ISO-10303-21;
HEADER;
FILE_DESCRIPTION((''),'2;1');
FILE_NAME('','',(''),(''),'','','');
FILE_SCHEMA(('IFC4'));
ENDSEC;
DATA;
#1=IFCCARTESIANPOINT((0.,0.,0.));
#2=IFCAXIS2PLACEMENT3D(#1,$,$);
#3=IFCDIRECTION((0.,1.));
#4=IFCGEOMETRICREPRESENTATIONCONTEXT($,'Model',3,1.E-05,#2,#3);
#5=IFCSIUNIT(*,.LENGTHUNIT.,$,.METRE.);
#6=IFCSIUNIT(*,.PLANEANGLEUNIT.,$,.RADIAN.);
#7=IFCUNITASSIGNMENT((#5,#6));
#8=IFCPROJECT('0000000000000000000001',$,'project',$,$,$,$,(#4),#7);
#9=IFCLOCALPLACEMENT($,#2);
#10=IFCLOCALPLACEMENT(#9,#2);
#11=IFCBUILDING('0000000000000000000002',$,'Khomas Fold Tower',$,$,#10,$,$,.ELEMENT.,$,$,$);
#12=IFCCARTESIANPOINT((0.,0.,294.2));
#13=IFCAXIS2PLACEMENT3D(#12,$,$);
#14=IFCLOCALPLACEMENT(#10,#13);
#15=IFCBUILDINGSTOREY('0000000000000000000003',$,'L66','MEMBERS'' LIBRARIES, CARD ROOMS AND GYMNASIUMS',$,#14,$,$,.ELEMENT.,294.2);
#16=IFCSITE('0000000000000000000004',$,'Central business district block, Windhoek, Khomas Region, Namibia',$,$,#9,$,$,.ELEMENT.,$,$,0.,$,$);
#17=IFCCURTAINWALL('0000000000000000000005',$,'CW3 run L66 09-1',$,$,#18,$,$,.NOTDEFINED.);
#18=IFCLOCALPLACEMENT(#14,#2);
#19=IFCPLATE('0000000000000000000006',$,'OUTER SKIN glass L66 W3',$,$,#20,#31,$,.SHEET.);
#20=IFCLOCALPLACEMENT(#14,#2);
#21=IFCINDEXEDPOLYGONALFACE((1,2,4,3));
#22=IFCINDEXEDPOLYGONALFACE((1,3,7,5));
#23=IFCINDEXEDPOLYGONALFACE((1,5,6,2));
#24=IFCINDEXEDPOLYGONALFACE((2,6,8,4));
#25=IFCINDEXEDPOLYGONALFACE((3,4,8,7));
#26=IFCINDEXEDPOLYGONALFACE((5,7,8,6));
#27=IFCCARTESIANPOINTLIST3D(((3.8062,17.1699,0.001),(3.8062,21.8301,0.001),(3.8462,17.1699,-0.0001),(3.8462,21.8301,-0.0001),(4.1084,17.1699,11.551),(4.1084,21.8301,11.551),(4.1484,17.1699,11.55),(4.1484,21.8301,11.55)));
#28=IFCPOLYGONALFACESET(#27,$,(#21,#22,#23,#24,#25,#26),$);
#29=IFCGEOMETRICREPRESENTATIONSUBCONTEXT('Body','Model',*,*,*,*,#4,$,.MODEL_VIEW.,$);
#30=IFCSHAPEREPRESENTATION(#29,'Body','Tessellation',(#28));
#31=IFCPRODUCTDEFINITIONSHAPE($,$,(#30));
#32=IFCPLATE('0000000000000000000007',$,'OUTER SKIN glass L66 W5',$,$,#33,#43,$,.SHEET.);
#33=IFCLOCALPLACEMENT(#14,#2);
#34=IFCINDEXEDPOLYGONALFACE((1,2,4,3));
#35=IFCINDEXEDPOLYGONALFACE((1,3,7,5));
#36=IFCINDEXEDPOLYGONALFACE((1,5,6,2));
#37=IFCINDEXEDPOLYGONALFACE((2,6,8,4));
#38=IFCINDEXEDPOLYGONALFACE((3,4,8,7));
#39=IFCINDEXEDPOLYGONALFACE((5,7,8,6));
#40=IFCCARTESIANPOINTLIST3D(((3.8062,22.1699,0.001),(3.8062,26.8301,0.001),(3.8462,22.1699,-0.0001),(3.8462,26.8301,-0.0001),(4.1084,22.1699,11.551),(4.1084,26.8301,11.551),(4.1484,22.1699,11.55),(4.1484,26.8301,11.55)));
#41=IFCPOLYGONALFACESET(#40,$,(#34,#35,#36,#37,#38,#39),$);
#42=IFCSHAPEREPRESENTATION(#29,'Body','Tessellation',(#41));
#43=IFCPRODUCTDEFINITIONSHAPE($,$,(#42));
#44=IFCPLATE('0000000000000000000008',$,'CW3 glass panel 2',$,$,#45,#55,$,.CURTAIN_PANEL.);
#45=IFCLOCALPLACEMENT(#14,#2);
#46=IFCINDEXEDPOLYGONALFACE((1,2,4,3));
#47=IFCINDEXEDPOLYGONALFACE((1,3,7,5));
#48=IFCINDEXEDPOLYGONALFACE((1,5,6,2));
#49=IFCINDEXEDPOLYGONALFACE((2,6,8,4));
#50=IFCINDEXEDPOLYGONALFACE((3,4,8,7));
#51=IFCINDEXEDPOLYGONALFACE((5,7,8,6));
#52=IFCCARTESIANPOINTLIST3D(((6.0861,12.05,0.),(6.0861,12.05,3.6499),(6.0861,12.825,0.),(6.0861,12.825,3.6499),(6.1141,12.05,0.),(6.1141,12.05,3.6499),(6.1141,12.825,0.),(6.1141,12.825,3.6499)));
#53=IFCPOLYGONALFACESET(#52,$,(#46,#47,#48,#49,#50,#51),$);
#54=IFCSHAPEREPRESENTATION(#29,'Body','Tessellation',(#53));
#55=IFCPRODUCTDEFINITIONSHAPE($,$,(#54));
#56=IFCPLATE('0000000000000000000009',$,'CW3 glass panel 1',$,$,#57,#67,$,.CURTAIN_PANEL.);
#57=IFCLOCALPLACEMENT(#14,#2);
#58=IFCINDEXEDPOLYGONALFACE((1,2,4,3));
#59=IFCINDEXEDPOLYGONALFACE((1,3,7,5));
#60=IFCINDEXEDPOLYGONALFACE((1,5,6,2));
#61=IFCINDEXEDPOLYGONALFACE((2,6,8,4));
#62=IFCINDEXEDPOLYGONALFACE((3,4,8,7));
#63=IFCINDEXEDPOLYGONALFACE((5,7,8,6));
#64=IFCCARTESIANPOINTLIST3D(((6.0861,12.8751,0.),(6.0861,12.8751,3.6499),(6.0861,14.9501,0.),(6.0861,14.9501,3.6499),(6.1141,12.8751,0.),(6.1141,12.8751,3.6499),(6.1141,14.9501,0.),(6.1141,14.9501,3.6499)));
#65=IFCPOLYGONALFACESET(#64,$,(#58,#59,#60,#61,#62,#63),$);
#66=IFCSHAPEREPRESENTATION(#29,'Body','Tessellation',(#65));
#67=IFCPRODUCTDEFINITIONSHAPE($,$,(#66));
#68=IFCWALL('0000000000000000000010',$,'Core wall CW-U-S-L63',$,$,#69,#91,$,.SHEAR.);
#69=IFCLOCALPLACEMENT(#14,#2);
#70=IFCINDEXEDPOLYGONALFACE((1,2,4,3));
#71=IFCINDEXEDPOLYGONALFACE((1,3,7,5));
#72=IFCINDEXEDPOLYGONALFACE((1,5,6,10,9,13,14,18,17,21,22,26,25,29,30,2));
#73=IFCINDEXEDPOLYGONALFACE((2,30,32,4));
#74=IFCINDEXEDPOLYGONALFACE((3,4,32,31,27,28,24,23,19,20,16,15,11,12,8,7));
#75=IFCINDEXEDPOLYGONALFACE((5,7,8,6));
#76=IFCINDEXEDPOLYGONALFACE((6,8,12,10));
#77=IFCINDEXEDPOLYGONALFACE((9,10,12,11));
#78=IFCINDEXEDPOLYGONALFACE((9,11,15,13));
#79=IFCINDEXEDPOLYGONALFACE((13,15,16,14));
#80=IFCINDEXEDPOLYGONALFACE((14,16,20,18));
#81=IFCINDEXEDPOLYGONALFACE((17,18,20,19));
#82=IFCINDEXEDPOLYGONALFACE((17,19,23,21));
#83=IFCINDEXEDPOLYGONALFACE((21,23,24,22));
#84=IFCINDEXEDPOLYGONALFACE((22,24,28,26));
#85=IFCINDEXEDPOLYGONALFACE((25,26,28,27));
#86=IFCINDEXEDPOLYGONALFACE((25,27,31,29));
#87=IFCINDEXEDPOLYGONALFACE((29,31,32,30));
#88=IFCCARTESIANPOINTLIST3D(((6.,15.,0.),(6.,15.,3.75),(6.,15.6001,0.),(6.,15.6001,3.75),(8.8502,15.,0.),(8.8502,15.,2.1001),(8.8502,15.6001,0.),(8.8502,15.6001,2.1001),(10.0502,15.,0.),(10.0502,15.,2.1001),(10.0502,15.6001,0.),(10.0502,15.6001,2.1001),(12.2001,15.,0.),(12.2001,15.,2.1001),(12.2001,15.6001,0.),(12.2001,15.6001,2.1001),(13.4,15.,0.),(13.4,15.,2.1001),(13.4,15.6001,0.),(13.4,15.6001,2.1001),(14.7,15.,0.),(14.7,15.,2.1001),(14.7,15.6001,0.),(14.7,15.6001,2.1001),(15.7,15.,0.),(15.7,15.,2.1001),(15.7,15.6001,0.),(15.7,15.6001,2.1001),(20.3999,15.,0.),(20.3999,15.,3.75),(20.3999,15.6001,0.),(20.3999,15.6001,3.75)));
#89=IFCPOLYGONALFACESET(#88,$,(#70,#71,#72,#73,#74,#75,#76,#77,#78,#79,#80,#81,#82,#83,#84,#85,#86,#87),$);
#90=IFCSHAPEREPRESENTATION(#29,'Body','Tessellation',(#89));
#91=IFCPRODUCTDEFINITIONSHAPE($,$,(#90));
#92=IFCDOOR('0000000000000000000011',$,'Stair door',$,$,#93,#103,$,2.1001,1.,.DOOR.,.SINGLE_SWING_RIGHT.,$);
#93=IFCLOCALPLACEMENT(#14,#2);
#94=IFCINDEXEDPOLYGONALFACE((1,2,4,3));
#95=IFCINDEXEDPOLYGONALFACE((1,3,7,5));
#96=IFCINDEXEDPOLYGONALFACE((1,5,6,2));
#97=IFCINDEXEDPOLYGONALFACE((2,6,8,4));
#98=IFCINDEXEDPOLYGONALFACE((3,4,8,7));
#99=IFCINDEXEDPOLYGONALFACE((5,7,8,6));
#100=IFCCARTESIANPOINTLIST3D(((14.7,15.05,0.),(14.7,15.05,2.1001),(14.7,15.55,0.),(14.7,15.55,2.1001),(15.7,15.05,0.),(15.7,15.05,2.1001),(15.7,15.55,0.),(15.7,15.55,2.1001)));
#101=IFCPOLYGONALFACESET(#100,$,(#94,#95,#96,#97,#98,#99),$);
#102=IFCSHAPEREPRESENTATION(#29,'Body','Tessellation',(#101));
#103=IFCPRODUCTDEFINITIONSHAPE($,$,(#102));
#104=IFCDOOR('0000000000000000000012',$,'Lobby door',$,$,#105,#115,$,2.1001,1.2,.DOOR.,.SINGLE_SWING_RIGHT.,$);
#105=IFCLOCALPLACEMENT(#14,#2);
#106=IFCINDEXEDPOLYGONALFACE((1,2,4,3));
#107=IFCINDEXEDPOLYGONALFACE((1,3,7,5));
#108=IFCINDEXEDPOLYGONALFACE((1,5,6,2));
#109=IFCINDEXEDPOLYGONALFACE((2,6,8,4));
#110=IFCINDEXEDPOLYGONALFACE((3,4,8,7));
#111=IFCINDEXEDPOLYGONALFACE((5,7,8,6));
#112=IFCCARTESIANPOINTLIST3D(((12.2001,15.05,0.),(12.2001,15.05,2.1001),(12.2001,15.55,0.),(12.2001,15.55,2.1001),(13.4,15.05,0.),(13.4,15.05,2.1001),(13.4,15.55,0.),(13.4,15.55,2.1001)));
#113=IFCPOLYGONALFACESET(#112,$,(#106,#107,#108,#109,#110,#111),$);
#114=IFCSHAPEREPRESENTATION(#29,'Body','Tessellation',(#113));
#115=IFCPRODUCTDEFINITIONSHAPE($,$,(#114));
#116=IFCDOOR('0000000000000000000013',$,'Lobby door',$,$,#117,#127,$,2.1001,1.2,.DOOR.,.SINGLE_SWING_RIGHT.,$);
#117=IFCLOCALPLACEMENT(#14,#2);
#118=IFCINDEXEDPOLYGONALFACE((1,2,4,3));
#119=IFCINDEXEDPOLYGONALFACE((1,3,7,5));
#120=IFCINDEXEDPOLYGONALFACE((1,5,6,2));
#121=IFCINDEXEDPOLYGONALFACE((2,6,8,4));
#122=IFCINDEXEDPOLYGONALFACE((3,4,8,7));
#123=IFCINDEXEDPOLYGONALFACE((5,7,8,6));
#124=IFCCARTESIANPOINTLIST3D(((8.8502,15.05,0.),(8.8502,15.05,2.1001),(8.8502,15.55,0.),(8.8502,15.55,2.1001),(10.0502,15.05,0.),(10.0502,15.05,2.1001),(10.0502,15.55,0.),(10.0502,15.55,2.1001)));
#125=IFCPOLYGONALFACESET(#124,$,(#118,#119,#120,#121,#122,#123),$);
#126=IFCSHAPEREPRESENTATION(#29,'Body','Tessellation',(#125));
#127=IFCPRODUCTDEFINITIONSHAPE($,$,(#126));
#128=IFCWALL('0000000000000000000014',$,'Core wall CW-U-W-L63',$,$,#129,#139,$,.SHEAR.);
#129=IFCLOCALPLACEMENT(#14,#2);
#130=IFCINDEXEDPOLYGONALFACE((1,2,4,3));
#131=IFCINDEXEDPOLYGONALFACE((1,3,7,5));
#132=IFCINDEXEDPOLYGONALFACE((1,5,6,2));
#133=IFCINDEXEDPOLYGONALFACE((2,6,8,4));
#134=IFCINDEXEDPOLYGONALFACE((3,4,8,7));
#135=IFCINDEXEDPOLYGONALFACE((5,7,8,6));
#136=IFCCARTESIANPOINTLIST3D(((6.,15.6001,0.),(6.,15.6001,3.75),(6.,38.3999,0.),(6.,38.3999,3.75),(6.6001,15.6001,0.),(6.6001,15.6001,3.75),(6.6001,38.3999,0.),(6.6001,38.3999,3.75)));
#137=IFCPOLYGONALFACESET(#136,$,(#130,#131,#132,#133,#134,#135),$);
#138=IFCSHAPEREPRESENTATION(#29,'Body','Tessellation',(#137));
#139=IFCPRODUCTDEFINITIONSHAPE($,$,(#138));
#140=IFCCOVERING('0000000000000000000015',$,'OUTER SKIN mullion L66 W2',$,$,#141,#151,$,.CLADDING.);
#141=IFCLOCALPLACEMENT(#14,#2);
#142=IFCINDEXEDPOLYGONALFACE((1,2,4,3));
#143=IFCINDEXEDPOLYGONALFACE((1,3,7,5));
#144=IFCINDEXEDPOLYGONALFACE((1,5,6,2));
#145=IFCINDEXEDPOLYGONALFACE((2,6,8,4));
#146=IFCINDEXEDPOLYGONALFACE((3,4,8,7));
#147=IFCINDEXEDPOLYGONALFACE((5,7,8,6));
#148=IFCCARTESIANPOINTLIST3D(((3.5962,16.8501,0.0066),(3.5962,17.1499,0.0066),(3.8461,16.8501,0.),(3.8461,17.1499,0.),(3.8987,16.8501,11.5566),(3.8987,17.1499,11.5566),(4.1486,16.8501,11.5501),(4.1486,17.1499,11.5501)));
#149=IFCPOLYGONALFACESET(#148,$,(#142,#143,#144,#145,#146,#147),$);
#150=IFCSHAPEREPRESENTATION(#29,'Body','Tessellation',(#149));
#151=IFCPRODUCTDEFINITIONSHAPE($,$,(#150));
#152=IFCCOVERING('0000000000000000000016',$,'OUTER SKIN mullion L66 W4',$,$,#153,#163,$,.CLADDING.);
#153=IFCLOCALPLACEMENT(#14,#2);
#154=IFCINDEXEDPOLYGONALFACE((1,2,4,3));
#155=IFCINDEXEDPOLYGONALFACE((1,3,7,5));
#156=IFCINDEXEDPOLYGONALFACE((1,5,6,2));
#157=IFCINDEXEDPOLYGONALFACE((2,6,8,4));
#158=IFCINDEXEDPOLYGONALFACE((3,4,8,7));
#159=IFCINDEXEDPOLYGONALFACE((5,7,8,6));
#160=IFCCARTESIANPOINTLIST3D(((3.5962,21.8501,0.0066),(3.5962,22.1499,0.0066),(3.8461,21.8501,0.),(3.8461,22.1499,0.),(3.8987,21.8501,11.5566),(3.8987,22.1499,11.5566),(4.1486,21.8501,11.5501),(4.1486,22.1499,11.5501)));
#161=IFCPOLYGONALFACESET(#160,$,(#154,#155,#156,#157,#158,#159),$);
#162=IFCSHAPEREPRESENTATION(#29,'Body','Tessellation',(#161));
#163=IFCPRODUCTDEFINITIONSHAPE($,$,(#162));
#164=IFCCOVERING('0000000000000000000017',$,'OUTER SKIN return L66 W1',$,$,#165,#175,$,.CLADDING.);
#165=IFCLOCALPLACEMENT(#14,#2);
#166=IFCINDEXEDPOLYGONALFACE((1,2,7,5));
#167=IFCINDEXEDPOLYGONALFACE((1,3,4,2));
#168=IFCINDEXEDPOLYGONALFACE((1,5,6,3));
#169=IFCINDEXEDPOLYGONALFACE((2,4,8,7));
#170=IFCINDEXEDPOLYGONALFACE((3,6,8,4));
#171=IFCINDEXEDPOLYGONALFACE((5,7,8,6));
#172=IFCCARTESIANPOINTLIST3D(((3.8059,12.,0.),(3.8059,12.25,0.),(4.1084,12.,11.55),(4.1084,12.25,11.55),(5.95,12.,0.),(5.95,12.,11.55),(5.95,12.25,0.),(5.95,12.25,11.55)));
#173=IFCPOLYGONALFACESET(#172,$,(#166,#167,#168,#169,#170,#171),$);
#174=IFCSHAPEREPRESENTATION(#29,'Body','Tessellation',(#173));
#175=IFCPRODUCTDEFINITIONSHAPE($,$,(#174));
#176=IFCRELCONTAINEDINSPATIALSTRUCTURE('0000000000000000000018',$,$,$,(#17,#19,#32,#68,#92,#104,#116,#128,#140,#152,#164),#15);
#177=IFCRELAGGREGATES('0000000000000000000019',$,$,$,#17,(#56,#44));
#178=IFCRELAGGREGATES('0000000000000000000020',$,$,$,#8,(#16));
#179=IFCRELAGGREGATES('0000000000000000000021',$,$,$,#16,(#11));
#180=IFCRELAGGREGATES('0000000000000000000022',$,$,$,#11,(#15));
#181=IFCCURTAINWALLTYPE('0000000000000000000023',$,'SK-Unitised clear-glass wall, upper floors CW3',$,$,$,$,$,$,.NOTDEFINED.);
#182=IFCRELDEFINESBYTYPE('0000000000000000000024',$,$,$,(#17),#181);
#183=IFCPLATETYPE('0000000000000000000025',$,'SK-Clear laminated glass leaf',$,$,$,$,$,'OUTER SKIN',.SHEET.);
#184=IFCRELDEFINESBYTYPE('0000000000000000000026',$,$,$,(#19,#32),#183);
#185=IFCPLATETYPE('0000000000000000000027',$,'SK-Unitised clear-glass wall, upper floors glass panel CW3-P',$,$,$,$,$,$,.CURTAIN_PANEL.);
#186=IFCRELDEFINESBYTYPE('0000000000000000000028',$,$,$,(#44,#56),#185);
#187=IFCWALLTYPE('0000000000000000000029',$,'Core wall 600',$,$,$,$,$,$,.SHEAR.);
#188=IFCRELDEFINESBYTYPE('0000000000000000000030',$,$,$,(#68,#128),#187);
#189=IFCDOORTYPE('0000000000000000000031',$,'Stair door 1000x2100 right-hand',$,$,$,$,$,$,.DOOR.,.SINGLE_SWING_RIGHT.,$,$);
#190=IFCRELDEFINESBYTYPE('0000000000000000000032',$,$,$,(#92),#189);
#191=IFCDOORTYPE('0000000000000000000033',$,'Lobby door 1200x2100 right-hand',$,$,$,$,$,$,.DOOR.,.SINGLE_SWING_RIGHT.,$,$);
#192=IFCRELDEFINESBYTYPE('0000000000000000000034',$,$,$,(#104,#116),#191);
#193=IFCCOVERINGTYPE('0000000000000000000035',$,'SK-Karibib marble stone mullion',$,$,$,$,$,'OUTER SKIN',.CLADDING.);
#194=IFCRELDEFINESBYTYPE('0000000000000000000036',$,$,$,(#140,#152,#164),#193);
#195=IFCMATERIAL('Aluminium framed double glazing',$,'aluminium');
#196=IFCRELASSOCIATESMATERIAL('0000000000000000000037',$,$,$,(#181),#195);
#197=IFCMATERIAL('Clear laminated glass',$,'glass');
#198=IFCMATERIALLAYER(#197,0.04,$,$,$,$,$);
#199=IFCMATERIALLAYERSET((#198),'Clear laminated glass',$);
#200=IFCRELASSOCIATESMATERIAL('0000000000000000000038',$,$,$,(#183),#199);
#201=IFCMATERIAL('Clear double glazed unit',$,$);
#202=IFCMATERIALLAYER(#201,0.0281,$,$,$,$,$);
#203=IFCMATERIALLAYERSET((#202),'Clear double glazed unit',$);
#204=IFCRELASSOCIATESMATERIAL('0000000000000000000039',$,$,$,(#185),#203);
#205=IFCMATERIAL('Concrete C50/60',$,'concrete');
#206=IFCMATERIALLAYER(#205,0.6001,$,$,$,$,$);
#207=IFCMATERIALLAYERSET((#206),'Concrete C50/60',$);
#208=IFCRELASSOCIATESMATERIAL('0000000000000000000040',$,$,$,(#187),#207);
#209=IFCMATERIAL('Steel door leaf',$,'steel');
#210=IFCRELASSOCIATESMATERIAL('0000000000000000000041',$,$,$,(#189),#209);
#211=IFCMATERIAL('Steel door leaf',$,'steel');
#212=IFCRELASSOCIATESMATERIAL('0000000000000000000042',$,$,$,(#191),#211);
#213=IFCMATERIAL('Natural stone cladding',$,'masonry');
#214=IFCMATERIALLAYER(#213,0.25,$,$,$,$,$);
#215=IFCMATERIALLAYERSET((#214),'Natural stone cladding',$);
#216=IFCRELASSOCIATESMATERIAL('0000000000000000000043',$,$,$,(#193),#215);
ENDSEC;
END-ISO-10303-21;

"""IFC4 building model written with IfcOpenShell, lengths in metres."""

from ifc_helpers import new_model, si_unit, direction, frame, frame_2d, origin, origin_2d, place, context, subcontext, project, spatial, polyline, rectangle, outline, extrude, source, transform, mapped, material, layer, layer_set, type_object, element, fill, aggregate, save


model = new_model("IFC4")

# Units and contexts
model_context = context("Model", 3, precision=1e-05, world=origin(), true_north=direction((0.0, 1.0)))
body_context = subcontext(model_context, "Body", "Model", "MODEL_VIEW")
ifc_project = project(units=[si_unit("LENGTHUNIT", "METRE"), si_unit("PLANEANGLEUNIT", "RADIAN")], contexts=[model_context])

# Site, building, storey
site_placement = place(None, origin())
site = spatial("IfcSite", under=ifc_project, at=site_placement, Name="Central business district block, Windhoek, Khomas Region, Namibia", CompositionType="ELEMENT", RefElevation=0.0)
building_placement = place(site_placement, origin())
building = spatial("IfcBuilding", under=site, at=building_placement, Name="Khomas Fold Tower", CompositionType="ELEMENT")
storey_placement = place(building_placement, frame((0.0, 0.0, 294.2)))
storey = spatial("IfcBuildingStorey", under=building, at=storey_placement, Name="L66", Description="MEMBERS' LIBRARIES, CARD ROOMS AND GYMNASIUMS", CompositionType="ELEMENT", Elevation=294.2)

# Curtain wall
ifc_material_1 = material(Name="Aluminium framed double glazing", Category="aluminium")
curtain_wall_type = type_object("IfcCurtainWallType", Name="SK-Unitised clear-glass wall, upper floors CW3", PredefinedType="NOTDEFINED", material=ifc_material_1)
curtain_wall_1_placement = place(storey_placement, origin())
curtain_wall_1 = element("IfcCurtainWall", 1, at=curtain_wall_1_placement, inside=storey, type_object=curtain_wall_type, Name="CW3 run L66 09-1", PredefinedType="NOTDEFINED")

# Plates
ifc_material_2 = material(Name="Clear laminated glass", Category="glass")
ifc_layer_1 = layer(ifc_material_2, 0.04)
ifc_layer_set_1 = layer_set([ifc_layer_1], Name="Clear laminated glass")
plate_type_1 = type_object("IfcPlateType", Name="SK-Clear laminated glass leaf", ElementType="OUTER SKIN", PredefinedType="SHEET", material=ifc_layer_set_1)
for number, where, z_axis, x_axis, name in (
    (2, (3.8062, 17.1699, 0.001), (-0.999658, 0.0, 0.026159), (0.0, 1.0, 0.0), "OUTER SKIN glass L66 W3"),
    (3, (3.8062, 22.1699, 0.001), (-0.999658, 0.0, 0.026159), (0.0, 1.0, 0.0), "OUTER SKIN glass L66 W5"),
):
    element("IfcPlate", number, at=place(storey_placement, frame(where, z_axis=z_axis, x_axis=x_axis)), inside=storey, type_object=plate_type_1, Name=name, PredefinedType="SHEET", context=body_context, shape_type="SweptSolid", body=[
        extrude(outline(polyline([(0.0, 0.0), (4.6602, 0.0), (4.6602, -11.554), (0.0, -11.554), (0.0, 0.0)])), origin(), (0.0, 0.0, -1.0), 0.04),
    ])

# Plates
ifc_material_3 = material(Name="Clear double glazed unit")
ifc_layer_2 = layer(ifc_material_3, 0.0281)
ifc_layer_set_2 = layer_set([ifc_layer_2], Name="Clear double glazed unit")
plate_type_2 = type_object("IfcPlateType", Name="SK-Unitised clear-glass wall, upper floors glass panel CW3-P", PredefinedType="CURTAIN_PANEL", material=ifc_layer_set_2)
shared_shape_1 = source(origin(), body_context, "Body", "SweptSolid", [
    extrude(rectangle(XDim=0.7749, YDim=0.0281, at=origin_2d()), origin(), (0.0, 0.0, 1.0), 3.6499),
])
plate_1_placement = place(storey_placement, frame((6.1001, 12.4375, 0.0), z_axis=(0.0, 0.0, 1.0), x_axis=(0.0, -1.0, 0.0)))
plate_1 = element("IfcPlate", 4, at=plate_1_placement, type_object=plate_type_2, Name="CW3 glass panel 2", PredefinedType="CURTAIN_PANEL", context=body_context, shape_type="MappedRepresentation", body=[
    mapped(shared_shape_1, transform((0.0, 0.0, 0.0))),
])
shared_shape_2 = source(origin(), body_context, "Body", "SweptSolid", [
    extrude(rectangle(XDim=2.075, YDim=0.0281, at=origin_2d()), origin(), (0.0, 0.0, 1.0), 3.6499),
])
plate_2_placement = place(storey_placement, frame((6.1001, 13.9126, 0.0), z_axis=(0.0, 0.0, 1.0), x_axis=(0.0, -1.0, 0.0)))
plate_2 = element("IfcPlate", 5, at=plate_2_placement, type_object=plate_type_2, Name="CW3 glass panel 1", PredefinedType="CURTAIN_PANEL", context=body_context, shape_type="MappedRepresentation", body=[
    mapped(shared_shape_2, transform((0.0, 0.0, 0.0))),
])
aggregate(curtain_wall_1, [plate_2, plate_1])

# Wall, openings, doors
ifc_material_4 = material(Name="Concrete C50/60", Category="concrete")
ifc_layer_3 = layer(ifc_material_4, 0.6001)
ifc_layer_set_3 = layer_set([ifc_layer_3], Name="Concrete C50/60")
wall_type = type_object("IfcWallType", Name="Core wall 600", PredefinedType="SHEAR", material=ifc_layer_set_3)
shared_shape_3 = source(origin(), body_context, "Body", "SweptSolid", [
    extrude(rectangle(XDim=14.3999, YDim=0.6001, at=frame_2d((7.2, 0.0))), origin(), (0.0, 0.0, 1.0), 3.75),
])
wall_1_placement = place(storey_placement, frame((6.0, 15.3, 0.0), z_axis=(0.0, 0.0, 1.0), x_axis=(1.0, 0.0, 0.0)))
wall_1 = element("IfcWall", 6, at=wall_1_placement, inside=storey, type_object=wall_type, Name="Core wall CW-U-S-L63", PredefinedType="SHEAR", context=body_context, shape_type="MappedRepresentation", body=[
    mapped(shared_shape_3, transform((0.0, 0.0, 0.0))),
])
shared_shape_4 = source(origin(), body_context, "Body", "SweptSolid", [
    extrude(rectangle(XDim=1.2, YDim=2.1001, at=frame_2d((0.6001, 1.05))), frame((0.0, 0.3101, 0.0), z_axis=(0.0, -1.0, 0.0), x_axis=(1.0, 0.0, 0.0)), (0.0, 0.0, 1.0), 0.6201),
])
opening_1_placement = place(wall_1_placement, frame((6.2, 0.0, 0.0)))
opening_1 = element("IfcOpeningElement", 7, at=opening_1_placement, cuts=wall_1, PredefinedType="OPENING", context=body_context, shape_type="MappedRepresentation", body=[
    mapped(shared_shape_4, transform((0.0, 0.0, 0.0))),
])
opening_2_placement = place(wall_1_placement, frame((2.8501, 0.0, 0.0)))
opening_2 = element("IfcOpeningElement", 8, at=opening_2_placement, cuts=wall_1, PredefinedType="OPENING", context=body_context, shape_type="MappedRepresentation", body=[
    mapped(shared_shape_4, transform((0.0, 0.0, 0.0))),
])
shared_shape_5 = source(origin(), body_context, "Body", "SweptSolid", [
    extrude(rectangle(XDim=1.0, YDim=2.1001, at=frame_2d((0.5, 1.05))), frame((0.0, 0.3101, 0.0), z_axis=(0.0, -1.0, 0.0), x_axis=(1.0, 0.0, 0.0)), (0.0, 0.0, 1.0), 0.6201),
])
opening_3_placement = place(wall_1_placement, frame((8.7, 0.0, 0.0)))
opening_3 = element("IfcOpeningElement", 9, at=opening_3_placement, cuts=wall_1, PredefinedType="OPENING", context=body_context, shape_type="MappedRepresentation", body=[
    mapped(shared_shape_5, transform((0.0, 0.0, 0.0))),
])
ifc_material_5 = material(Name="Steel door leaf", Category="steel")
door_type_1 = type_object("IfcDoorType", Name="Stair door 1000x2100 right-hand", OperationType="SINGLE_SWING_RIGHT", PredefinedType="DOOR", material=ifc_material_5)
shared_shape_6 = source(origin(), body_context, "Body", "SweptSolid", [
    extrude(rectangle(XDim=1.0, YDim=2.1001, at=frame_2d((0.5, 1.05))), frame((0.0, 0.25, 0.0), z_axis=(0.0, -1.0, 0.0), x_axis=(1.0, 0.0, 0.0)), (0.0, 0.0, 1.0), 0.5),
])
door_1_placement = place(opening_3_placement, origin())
door_1 = element("IfcDoor", 10, at=door_1_placement, inside=storey, type_object=door_type_1, Name="Stair door", OperationType="SINGLE_SWING_RIGHT", OverallHeight=2.1001, OverallWidth=1.0, PredefinedType="DOOR", context=body_context, shape_type="MappedRepresentation", body=[
    mapped(shared_shape_6, transform((0.0, 0.0, 0.0))),
])
fill(opening_3, door_1)
ifc_material_6 = material(Name="Steel door leaf", Category="steel")
door_type_2 = type_object("IfcDoorType", Name="Lobby door 1200x2100 right-hand", OperationType="SINGLE_SWING_RIGHT", PredefinedType="DOOR", material=ifc_material_6)
shared_shape_7 = source(origin(), body_context, "Body", "SweptSolid", [
    extrude(rectangle(XDim=1.2, YDim=2.1001, at=frame_2d((0.6001, 1.05))), frame((0.0, 0.25, 0.0), z_axis=(0.0, -1.0, 0.0), x_axis=(1.0, 0.0, 0.0)), (0.0, 0.0, 1.0), 0.5),
])
door_2_placement = place(opening_1_placement, origin())
door_2 = element("IfcDoor", 11, at=door_2_placement, inside=storey, type_object=door_type_2, Name="Lobby door", OperationType="SINGLE_SWING_RIGHT", OverallHeight=2.1001, OverallWidth=1.2, PredefinedType="DOOR", context=body_context, shape_type="MappedRepresentation", body=[
    mapped(shared_shape_7, transform((0.0, 0.0, 0.0))),
])
fill(opening_1, door_2)
door_3_placement = place(opening_2_placement, origin())
door_3 = element("IfcDoor", 12, at=door_3_placement, inside=storey, type_object=door_type_2, Name="Lobby door", OperationType="SINGLE_SWING_RIGHT", OverallHeight=2.1001, OverallWidth=1.2, PredefinedType="DOOR", context=body_context, shape_type="MappedRepresentation", body=[
    mapped(shared_shape_7, transform((0.0, 0.0, 0.0))),
])
fill(opening_2, door_3)

# Wall
shared_shape_8 = source(origin(), body_context, "Body", "SweptSolid", [
    extrude(rectangle(XDim=22.7998, YDim=0.6001, at=frame_2d((11.3999, 0.0))), origin(), (0.0, 0.0, 1.0), 3.75),
])
wall_2_placement = place(storey_placement, frame((6.3, 15.6001, 0.0), z_axis=(0.0, 0.0, 1.0), x_axis=(0.0, 1.0, 0.0)))
element("IfcWall", 13, at=wall_2_placement, inside=storey, type_object=wall_type, Name="Core wall CW-U-W-L63", PredefinedType="SHEAR", context=body_context, shape_type="MappedRepresentation", body=[
    mapped(shared_shape_8, transform((0.0, 0.0, 0.0))),
])

# Coverings
ifc_material_7 = material(Name="Natural stone cladding", Category="masonry")
ifc_layer_4 = layer(ifc_material_7, 0.25)
ifc_layer_set_4 = layer_set([ifc_layer_4], Name="Natural stone cladding")
covering_type = type_object("IfcCoveringType", Name="SK-Karibib marble stone mullion", ElementType="OUTER SKIN", PredefinedType="CLADDING", material=ifc_layer_set_4)
for number, where, z_axis, x_axis, name in (
    (14, (3.5962, 16.8501, 0.0066), (-0.999657, 0.0, 0.026181), (0.0, 1.0, 0.0), "OUTER SKIN mullion L66 W2"),
    (15, (3.5962, 21.8501, 0.0066), (-0.999657, 0.0, 0.026181), (0.0, 1.0, 0.0), "OUTER SKIN mullion L66 W4"),
):
    element("IfcCovering", number, at=place(storey_placement, frame(where, z_axis=z_axis, x_axis=x_axis)), inside=storey, type_object=covering_type, Name=name, PredefinedType="CLADDING", context=body_context, shape_type="SweptSolid", body=[
        extrude(outline(polyline([(0.0, 0.0), (0.2998, 0.0), (0.2998, -11.554), (0.0, -11.554), (0.0, 0.0)])), origin(), (0.0, 0.0, -1.0), 0.25),
    ])
covering_placement = place(storey_placement, frame((5.95, 12.0, 11.55), z_axis=(0.0, -1.0, 0.0), x_axis=(-1.0, 0.0, 0.0)))
element("IfcCovering", 16, at=covering_placement, inside=storey, type_object=covering_type, Name="OUTER SKIN return L66 W1", PredefinedType="CLADDING", context=body_context, shape_type="SweptSolid", body=[
    extrude(outline(polyline([(0.0, 0.0), (1.8416, 0.0), (2.144, 11.55), (0.0, 11.55), (0.0, 0.0)])), origin(), (0.0, 0.0, -1.0), 0.25),
])

save(model, "model.ifc")
